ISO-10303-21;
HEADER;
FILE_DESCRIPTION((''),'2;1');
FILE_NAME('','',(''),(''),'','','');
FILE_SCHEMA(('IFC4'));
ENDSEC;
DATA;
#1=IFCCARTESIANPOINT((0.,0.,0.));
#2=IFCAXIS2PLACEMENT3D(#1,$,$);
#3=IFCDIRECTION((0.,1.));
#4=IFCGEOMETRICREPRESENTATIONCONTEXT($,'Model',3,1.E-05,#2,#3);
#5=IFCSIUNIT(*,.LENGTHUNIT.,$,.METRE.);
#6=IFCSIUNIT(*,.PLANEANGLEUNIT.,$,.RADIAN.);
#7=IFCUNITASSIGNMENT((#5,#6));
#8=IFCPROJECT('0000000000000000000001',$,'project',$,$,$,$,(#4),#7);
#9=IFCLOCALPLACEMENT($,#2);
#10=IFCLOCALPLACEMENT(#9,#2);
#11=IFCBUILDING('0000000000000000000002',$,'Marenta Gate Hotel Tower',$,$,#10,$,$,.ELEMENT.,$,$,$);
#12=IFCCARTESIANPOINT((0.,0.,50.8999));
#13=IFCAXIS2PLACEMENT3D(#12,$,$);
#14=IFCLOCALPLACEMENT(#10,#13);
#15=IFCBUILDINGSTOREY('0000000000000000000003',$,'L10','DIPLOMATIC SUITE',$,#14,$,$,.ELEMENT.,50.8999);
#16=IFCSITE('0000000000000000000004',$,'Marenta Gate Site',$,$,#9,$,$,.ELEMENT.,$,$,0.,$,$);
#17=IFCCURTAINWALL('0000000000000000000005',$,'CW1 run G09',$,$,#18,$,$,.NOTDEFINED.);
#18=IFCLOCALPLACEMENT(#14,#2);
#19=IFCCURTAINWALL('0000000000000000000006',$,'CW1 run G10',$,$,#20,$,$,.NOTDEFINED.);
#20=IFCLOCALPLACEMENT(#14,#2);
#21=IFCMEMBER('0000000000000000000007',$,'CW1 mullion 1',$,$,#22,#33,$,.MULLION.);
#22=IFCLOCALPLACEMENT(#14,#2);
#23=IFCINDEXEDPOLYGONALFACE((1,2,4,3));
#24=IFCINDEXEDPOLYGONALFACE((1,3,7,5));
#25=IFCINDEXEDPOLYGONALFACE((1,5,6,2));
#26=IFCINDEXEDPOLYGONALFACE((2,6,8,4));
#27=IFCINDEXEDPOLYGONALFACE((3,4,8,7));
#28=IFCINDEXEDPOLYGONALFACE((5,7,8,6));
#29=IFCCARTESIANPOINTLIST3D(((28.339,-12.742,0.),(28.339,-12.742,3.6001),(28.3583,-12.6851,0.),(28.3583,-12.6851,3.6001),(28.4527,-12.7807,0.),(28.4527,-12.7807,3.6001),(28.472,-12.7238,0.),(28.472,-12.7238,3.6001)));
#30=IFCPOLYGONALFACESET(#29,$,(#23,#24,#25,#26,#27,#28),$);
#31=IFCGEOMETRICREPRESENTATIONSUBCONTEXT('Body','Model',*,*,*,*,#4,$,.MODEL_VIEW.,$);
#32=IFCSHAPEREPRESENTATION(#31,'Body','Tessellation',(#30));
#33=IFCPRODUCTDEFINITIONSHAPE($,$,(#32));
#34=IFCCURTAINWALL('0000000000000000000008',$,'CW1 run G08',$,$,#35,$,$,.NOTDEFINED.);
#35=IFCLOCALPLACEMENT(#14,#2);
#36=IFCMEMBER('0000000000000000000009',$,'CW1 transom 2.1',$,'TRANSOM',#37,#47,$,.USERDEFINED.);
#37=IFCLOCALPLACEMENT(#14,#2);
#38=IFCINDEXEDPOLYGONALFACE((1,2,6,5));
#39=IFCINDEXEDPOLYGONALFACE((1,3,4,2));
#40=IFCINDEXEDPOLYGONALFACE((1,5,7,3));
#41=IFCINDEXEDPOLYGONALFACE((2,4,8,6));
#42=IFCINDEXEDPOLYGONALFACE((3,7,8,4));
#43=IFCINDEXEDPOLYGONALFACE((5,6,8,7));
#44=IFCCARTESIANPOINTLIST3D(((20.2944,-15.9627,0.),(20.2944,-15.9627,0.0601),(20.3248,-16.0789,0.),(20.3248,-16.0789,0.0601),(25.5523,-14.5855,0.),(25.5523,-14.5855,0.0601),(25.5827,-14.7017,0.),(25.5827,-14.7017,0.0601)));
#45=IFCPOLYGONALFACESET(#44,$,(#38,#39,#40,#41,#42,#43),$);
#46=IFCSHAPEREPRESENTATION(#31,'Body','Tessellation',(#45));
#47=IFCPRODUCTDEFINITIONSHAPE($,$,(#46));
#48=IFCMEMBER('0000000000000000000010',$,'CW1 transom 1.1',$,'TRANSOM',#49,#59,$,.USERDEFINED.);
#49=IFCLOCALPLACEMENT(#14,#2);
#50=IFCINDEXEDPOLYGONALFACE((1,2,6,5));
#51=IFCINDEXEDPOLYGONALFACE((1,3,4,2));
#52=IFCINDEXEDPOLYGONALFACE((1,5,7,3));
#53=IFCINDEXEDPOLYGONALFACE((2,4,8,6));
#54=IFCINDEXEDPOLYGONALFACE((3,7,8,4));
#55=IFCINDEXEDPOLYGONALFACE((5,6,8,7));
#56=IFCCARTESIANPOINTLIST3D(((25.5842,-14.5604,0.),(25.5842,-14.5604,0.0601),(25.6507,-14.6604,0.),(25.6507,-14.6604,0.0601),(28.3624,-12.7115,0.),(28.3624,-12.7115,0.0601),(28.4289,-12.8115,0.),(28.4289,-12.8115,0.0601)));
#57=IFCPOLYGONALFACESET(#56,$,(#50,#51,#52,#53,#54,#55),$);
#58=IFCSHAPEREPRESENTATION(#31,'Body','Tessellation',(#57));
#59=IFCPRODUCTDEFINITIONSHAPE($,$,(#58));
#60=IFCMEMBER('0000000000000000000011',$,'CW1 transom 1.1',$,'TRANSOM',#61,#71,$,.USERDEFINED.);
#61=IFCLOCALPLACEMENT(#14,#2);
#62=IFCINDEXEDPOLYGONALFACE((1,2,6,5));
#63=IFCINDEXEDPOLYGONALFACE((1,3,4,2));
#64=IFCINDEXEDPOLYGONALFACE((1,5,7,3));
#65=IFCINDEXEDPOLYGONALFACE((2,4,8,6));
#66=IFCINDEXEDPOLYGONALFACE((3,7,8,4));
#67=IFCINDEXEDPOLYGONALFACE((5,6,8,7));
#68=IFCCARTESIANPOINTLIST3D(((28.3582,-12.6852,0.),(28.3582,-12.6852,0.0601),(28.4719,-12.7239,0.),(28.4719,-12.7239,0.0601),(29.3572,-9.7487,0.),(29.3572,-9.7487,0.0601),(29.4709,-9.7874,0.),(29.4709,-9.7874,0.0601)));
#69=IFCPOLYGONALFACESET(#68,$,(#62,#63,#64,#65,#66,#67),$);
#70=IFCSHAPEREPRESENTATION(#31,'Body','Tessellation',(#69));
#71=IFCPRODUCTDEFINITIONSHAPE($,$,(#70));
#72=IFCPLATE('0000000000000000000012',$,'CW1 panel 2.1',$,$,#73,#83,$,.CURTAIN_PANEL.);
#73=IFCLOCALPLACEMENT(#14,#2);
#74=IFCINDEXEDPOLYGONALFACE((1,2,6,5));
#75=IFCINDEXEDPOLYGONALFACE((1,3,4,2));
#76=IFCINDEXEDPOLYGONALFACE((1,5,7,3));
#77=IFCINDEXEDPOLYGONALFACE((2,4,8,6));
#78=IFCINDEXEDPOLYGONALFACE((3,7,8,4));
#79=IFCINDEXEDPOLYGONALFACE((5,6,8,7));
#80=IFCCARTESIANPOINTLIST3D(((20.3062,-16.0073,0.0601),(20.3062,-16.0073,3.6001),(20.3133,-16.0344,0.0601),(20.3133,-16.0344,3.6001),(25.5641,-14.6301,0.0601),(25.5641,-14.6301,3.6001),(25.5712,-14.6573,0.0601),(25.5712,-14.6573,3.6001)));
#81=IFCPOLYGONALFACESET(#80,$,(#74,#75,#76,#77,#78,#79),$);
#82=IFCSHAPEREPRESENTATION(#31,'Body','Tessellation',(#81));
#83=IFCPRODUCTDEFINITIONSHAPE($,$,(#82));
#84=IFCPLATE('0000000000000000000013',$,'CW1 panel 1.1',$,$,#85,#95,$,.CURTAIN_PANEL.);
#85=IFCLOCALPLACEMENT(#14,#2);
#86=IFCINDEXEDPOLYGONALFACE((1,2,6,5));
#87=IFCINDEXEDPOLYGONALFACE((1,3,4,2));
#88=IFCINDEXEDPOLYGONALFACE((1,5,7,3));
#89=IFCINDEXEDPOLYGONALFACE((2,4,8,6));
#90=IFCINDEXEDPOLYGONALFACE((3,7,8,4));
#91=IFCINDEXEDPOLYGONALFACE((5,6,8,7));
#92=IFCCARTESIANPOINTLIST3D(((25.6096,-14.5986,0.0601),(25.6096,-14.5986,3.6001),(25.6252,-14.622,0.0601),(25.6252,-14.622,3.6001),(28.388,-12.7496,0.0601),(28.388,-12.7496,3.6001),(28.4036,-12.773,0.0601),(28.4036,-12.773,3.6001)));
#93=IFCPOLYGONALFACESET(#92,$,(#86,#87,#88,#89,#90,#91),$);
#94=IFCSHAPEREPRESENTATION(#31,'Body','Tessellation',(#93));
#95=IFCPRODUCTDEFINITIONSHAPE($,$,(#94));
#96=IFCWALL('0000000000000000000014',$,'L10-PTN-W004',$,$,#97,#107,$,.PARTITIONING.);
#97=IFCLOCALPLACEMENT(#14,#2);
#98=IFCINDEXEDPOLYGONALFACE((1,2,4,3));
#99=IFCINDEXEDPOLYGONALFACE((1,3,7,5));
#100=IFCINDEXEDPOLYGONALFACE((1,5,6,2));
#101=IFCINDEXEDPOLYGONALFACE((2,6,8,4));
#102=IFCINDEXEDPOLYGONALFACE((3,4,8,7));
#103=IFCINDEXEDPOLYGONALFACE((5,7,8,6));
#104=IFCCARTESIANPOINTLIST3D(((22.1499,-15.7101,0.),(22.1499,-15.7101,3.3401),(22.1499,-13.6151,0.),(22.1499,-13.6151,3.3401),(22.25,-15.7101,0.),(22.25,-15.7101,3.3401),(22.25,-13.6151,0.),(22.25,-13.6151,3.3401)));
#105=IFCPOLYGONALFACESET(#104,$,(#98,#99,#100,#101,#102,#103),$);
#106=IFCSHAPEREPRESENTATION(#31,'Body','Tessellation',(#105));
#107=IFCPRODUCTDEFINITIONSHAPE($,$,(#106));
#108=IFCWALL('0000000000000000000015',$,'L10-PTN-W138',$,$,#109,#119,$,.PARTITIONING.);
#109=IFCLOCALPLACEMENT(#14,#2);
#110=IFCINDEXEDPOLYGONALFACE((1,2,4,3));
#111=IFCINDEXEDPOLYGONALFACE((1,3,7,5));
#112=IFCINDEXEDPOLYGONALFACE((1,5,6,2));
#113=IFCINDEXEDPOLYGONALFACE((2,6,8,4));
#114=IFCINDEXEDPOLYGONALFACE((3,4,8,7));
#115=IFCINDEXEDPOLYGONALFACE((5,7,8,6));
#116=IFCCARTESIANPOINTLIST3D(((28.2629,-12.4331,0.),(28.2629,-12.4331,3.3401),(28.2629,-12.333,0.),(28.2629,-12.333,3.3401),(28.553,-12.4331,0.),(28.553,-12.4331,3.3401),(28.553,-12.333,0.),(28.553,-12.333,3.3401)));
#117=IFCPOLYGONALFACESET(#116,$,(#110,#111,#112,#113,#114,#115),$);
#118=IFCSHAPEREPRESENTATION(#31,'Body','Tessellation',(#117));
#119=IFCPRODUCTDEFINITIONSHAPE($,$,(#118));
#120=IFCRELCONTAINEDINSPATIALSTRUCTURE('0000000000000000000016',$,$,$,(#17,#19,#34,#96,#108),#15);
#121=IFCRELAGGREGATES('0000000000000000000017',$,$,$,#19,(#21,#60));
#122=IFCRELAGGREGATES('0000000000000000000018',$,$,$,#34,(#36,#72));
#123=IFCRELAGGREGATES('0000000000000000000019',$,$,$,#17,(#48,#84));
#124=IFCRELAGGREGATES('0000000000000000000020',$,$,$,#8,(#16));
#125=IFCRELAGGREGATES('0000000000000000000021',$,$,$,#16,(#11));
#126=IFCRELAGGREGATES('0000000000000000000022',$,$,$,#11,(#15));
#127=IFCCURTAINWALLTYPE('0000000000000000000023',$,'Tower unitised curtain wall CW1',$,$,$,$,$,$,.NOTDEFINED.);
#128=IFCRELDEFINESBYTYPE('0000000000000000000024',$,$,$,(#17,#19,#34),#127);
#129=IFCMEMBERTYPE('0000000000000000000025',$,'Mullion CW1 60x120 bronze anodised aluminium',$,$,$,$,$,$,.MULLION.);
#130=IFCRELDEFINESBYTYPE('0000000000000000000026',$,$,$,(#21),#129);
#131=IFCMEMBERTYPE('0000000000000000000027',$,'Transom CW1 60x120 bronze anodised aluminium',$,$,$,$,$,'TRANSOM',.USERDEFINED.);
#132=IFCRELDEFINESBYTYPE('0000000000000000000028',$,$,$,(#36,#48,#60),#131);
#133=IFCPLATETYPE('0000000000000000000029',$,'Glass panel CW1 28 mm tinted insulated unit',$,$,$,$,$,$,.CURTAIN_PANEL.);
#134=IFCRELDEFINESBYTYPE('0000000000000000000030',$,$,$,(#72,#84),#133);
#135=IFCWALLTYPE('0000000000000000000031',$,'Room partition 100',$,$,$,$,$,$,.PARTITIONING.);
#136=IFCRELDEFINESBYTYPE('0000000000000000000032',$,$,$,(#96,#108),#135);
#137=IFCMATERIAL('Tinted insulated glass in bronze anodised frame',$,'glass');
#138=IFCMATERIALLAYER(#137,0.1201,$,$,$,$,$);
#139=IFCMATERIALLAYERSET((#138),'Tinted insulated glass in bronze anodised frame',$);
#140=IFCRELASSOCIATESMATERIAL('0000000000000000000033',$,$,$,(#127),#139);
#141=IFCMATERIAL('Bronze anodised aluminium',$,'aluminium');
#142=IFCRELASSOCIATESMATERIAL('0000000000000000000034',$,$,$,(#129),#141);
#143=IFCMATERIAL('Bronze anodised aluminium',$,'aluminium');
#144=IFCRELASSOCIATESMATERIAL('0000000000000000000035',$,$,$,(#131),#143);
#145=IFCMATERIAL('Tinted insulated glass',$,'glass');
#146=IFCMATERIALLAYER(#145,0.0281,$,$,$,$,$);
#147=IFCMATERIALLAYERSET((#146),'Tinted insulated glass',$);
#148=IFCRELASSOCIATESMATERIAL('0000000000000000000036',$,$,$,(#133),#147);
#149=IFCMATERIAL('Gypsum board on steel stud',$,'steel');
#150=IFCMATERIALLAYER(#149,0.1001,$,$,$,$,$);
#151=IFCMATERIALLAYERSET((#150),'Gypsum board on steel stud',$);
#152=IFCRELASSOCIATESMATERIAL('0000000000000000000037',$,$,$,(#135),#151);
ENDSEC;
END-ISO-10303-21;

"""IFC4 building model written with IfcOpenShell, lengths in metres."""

from ifc_helpers import new_model, si_unit, direction, frame, frame_2d, origin, origin_2d, place, context, subcontext, project, spatial, rectangle, extrude, material, layer, layer_set, material_profile, profile_set, type_object, element, aggregate, save


model = new_model("IFC4")

# Units and contexts
model_context = context("Model", 3, precision=1e-05, world=origin(), true_north=direction((0.0, 1.0)))
body_context = subcontext(model_context, "Body", "Model", "MODEL_VIEW")
ifc_project = project(units=[si_unit("LENGTHUNIT", "METRE"), si_unit("PLANEANGLEUNIT", "RADIAN")], contexts=[model_context])

# Site, building, storey
site_placement = place(None, origin())
site = spatial("IfcSite", under=ifc_project, at=site_placement, Name="Marenta Gate Site", CompositionType="ELEMENT", RefElevation=0.0)
building_placement = place(site_placement, origin())
building = spatial("IfcBuilding", under=site, at=building_placement, Name="Marenta Gate Hotel Tower", CompositionType="ELEMENT")
storey_placement = place(building_placement, frame((0.0, 0.0, 50.8999)))
storey = spatial("IfcBuildingStorey", under=building, at=storey_placement, Name="L10", Description="DIPLOMATIC SUITE", CompositionType="ELEMENT", Elevation=50.8999)

# Curtain walls, members
ifc_material_1 = material(Name="Tinted insulated glass in bronze anodised frame", Category="glass")
ifc_layer_1 = layer(ifc_material_1, 0.1201)
ifc_layer_set_1 = layer_set([ifc_layer_1], Name="Tinted insulated glass in bronze anodised frame")
curtain_wall_type = type_object("IfcCurtainWallType", Name="Tower unitised curtain wall CW1", PredefinedType="NOTDEFINED", material=ifc_layer_set_1)
curtain_wall_1_placement = place(storey_placement, origin())
curtain_wall_1 = element("IfcCurtainWall", 1, at=curtain_wall_1_placement, inside=storey, type_object=curtain_wall_type, Name="CW1 run G09", PredefinedType="NOTDEFINED")
ifc_material_2 = material(Name="Bronze anodised aluminium", Category="aluminium")
ifc_material_profile_1 = material_profile(ifc_material_2, rectangle(XDim=0.1201, YDim=0.0601, at=origin_2d()), Name="Mullion CW1 60x120 bronze anodised aluminium")
ifc_profile_set_1 = profile_set([ifc_material_profile_1], Name="Bronze anodised aluminium")
member_type_1 = type_object("IfcMemberType", Name="Mullion CW1 60x120 bronze anodised aluminium", PredefinedType="MULLION", material=ifc_profile_set_1)
curtain_wall_2_placement = place(storey_placement, origin())
curtain_wall_2 = element("IfcCurtainWall", 2, at=curtain_wall_2_placement, inside=storey, type_object=curtain_wall_type, Name="CW1 run G10", PredefinedType="NOTDEFINED")
member_1_placement = place(storey_placement, frame((28.4055, -12.7329, 0.0), z_axis=(0.0, 0.0, 1.0), x_axis=(-0.94673, 0.322029, 0.0)))
member_1 = element("IfcMember", 3, at=member_1_placement, type_object=member_type_1, Name="CW1 mullion 1", PredefinedType="MULLION", context=body_context, shape_type="SweptSolid", body=[
    extrude(rectangle(XDim=0.1201, YDim=0.0601, at=origin_2d()), origin(), (0.0, 0.0, 1.0), 3.6001),
])
curtain_wall_3_placement = place(storey_placement, origin())
curtain_wall_3 = element("IfcCurtainWall", 4, at=curtain_wall_3_placement, inside=storey, type_object=curtain_wall_type, Name="CW1 run G08", PredefinedType="NOTDEFINED")
ifc_material_3 = material(Name="Bronze anodised aluminium", Category="aluminium")
ifc_material_profile_2 = material_profile(ifc_material_3, rectangle(XDim=0.1201, YDim=0.0601, at=origin_2d()), Name="Transom CW1 60x120 bronze anodised aluminium")
ifc_profile_set_2 = profile_set([ifc_material_profile_2], Name="Bronze anodised aluminium")
member_type_2 = type_object("IfcMemberType", Name="Transom CW1 60x120 bronze anodised aluminium", ElementType="TRANSOM", PredefinedType="USERDEFINED", material=ifc_profile_set_2)
member_2_placement = place(storey_placement, frame((20.3096, -16.0208, 0.03), z_axis=(0.967368, 0.253374, 0.0), x_axis=(-0.253374, 0.967368, 0.0)))
member_2 = element("IfcMember", 5, at=member_2_placement, type_object=member_type_2, Name="CW1 transom 2.1", ObjectType="TRANSOM", PredefinedType="USERDEFINED", context=body_context, shape_type="SweptSolid", body=[
    extrude(rectangle(XDim=0.1201, YDim=0.0601, at=origin_2d()), origin(), (0.0, 0.0, 1.0), 5.4353),
])

# Members
member_3_placement = place(storey_placement, frame((25.6174, -14.6104, 0.03), z_axis=(0.832511, 0.554008, 0.0), x_axis=(-0.554008, 0.832511, 0.0)))
member_3 = element("IfcMember", 6, at=member_3_placement, type_object=member_type_2, Name="CW1 transom 1.1", ObjectType="TRANSOM", PredefinedType="USERDEFINED", context=body_context, shape_type="SweptSolid", body=[
    extrude(rectangle(XDim=0.1201, YDim=0.0601, at=origin_2d()), origin(), (0.0, 0.0, 1.0), 3.3372),
])
member_4_placement = place(storey_placement, frame((28.415, -12.7046, 0.03), z_axis=(0.322078, 0.946713, 0.0), x_axis=(-0.946713, 0.322078, 0.0)))
member_4 = element("IfcMember", 7, at=member_4_placement, type_object=member_type_2, Name="CW1 transom 1.1", ObjectType="TRANSOM", PredefinedType="USERDEFINED", context=body_context, shape_type="SweptSolid", body=[
    extrude(rectangle(XDim=0.1201, YDim=0.0601, at=origin_2d()), origin(), (0.0, 0.0, 1.0), 3.1018),
])
aggregate(curtain_wall_2, [member_1, member_4])

# Plates
ifc_material_4 = material(Name="Tinted insulated glass", Category="glass")
ifc_layer_2 = layer(ifc_material_4, 0.0281)
ifc_layer_set_2 = layer_set([ifc_layer_2], Name="Tinted insulated glass")
plate_type = type_object("IfcPlateType", Name="Glass panel CW1 28 mm tinted insulated unit", PredefinedType="CURTAIN_PANEL", material=ifc_layer_set_2)
plate_1_placement = place(storey_placement, frame((22.9387, -15.3323, 0.0601), z_axis=(0.0, 0.0, 1.0), x_axis=(0.967369, 0.253372, 0.0)))
plate_1 = element("IfcPlate", 8, at=plate_1_placement, type_object=plate_type, Name="CW1 panel 2.1", PredefinedType="CURTAIN_PANEL", context=body_context, shape_type="SweptSolid", body=[
    extrude(rectangle(XDim=5.4353, YDim=0.0281, at=origin_2d()), origin(), (0.0, 0.0, 1.0), 3.54),
])
aggregate(curtain_wall_3, [member_2, plate_1])
plate_2_placement = place(storey_placement, frame((27.0066, -13.6858, 0.0601), z_axis=(0.0, 0.0, 1.0), x_axis=(0.832494, 0.554034, 0.0)))
plate_2 = element("IfcPlate", 9, at=plate_2_placement, type_object=plate_type, Name="CW1 panel 1.1", PredefinedType="CURTAIN_PANEL", context=body_context, shape_type="SweptSolid", body=[
    extrude(rectangle(XDim=3.3374, YDim=0.0281, at=origin_2d()), origin(), (0.0, 0.0, 1.0), 3.54),
])
aggregate(curtain_wall_1, [member_3, plate_2])

# Walls
ifc_material_5 = material(Name="Gypsum board on steel stud", Category="steel")
ifc_layer_3 = layer(ifc_material_5, 0.1001)
ifc_layer_set_3 = layer_set([ifc_layer_3], Name="Gypsum board on steel stud")
wall_type = type_object("IfcWallType", Name="Room partition 100", PredefinedType="PARTITIONING", material=ifc_layer_set_3)
wall_1_placement = place(storey_placement, frame((22.2, -15.71, 0.0), z_axis=(0.0, 0.0, 1.0), x_axis=(0.0, 1.0, 0.0)))
element("IfcWall", 10, at=wall_1_placement, inside=storey, type_object=wall_type, Name="L10-PTN-W004", PredefinedType="PARTITIONING", context=body_context, shape_type="SweptSolid", body=[
    extrude(rectangle(XDim=2.095, YDim=0.1001, at=frame_2d((1.0474, 0.0))), origin(), (0.0, 0.0, 1.0), 3.3401),
])
wall_2_placement = place(storey_placement, frame((28.2629, -12.3831, 0.0), z_axis=(0.0, 0.0, 1.0), x_axis=(1.0, 0.0, 0.0)))
element("IfcWall", 11, at=wall_2_placement, inside=storey, type_object=wall_type, Name="L10-PTN-W138", PredefinedType="PARTITIONING", context=body_context, shape_type="SweptSolid", body=[
    extrude(rectangle(XDim=0.29, YDim=0.1001, at=frame_2d((0.145, 0.0))), origin(), (0.0, 0.0, 1.0), 3.3401),
])

save(model, "model.ifc")
